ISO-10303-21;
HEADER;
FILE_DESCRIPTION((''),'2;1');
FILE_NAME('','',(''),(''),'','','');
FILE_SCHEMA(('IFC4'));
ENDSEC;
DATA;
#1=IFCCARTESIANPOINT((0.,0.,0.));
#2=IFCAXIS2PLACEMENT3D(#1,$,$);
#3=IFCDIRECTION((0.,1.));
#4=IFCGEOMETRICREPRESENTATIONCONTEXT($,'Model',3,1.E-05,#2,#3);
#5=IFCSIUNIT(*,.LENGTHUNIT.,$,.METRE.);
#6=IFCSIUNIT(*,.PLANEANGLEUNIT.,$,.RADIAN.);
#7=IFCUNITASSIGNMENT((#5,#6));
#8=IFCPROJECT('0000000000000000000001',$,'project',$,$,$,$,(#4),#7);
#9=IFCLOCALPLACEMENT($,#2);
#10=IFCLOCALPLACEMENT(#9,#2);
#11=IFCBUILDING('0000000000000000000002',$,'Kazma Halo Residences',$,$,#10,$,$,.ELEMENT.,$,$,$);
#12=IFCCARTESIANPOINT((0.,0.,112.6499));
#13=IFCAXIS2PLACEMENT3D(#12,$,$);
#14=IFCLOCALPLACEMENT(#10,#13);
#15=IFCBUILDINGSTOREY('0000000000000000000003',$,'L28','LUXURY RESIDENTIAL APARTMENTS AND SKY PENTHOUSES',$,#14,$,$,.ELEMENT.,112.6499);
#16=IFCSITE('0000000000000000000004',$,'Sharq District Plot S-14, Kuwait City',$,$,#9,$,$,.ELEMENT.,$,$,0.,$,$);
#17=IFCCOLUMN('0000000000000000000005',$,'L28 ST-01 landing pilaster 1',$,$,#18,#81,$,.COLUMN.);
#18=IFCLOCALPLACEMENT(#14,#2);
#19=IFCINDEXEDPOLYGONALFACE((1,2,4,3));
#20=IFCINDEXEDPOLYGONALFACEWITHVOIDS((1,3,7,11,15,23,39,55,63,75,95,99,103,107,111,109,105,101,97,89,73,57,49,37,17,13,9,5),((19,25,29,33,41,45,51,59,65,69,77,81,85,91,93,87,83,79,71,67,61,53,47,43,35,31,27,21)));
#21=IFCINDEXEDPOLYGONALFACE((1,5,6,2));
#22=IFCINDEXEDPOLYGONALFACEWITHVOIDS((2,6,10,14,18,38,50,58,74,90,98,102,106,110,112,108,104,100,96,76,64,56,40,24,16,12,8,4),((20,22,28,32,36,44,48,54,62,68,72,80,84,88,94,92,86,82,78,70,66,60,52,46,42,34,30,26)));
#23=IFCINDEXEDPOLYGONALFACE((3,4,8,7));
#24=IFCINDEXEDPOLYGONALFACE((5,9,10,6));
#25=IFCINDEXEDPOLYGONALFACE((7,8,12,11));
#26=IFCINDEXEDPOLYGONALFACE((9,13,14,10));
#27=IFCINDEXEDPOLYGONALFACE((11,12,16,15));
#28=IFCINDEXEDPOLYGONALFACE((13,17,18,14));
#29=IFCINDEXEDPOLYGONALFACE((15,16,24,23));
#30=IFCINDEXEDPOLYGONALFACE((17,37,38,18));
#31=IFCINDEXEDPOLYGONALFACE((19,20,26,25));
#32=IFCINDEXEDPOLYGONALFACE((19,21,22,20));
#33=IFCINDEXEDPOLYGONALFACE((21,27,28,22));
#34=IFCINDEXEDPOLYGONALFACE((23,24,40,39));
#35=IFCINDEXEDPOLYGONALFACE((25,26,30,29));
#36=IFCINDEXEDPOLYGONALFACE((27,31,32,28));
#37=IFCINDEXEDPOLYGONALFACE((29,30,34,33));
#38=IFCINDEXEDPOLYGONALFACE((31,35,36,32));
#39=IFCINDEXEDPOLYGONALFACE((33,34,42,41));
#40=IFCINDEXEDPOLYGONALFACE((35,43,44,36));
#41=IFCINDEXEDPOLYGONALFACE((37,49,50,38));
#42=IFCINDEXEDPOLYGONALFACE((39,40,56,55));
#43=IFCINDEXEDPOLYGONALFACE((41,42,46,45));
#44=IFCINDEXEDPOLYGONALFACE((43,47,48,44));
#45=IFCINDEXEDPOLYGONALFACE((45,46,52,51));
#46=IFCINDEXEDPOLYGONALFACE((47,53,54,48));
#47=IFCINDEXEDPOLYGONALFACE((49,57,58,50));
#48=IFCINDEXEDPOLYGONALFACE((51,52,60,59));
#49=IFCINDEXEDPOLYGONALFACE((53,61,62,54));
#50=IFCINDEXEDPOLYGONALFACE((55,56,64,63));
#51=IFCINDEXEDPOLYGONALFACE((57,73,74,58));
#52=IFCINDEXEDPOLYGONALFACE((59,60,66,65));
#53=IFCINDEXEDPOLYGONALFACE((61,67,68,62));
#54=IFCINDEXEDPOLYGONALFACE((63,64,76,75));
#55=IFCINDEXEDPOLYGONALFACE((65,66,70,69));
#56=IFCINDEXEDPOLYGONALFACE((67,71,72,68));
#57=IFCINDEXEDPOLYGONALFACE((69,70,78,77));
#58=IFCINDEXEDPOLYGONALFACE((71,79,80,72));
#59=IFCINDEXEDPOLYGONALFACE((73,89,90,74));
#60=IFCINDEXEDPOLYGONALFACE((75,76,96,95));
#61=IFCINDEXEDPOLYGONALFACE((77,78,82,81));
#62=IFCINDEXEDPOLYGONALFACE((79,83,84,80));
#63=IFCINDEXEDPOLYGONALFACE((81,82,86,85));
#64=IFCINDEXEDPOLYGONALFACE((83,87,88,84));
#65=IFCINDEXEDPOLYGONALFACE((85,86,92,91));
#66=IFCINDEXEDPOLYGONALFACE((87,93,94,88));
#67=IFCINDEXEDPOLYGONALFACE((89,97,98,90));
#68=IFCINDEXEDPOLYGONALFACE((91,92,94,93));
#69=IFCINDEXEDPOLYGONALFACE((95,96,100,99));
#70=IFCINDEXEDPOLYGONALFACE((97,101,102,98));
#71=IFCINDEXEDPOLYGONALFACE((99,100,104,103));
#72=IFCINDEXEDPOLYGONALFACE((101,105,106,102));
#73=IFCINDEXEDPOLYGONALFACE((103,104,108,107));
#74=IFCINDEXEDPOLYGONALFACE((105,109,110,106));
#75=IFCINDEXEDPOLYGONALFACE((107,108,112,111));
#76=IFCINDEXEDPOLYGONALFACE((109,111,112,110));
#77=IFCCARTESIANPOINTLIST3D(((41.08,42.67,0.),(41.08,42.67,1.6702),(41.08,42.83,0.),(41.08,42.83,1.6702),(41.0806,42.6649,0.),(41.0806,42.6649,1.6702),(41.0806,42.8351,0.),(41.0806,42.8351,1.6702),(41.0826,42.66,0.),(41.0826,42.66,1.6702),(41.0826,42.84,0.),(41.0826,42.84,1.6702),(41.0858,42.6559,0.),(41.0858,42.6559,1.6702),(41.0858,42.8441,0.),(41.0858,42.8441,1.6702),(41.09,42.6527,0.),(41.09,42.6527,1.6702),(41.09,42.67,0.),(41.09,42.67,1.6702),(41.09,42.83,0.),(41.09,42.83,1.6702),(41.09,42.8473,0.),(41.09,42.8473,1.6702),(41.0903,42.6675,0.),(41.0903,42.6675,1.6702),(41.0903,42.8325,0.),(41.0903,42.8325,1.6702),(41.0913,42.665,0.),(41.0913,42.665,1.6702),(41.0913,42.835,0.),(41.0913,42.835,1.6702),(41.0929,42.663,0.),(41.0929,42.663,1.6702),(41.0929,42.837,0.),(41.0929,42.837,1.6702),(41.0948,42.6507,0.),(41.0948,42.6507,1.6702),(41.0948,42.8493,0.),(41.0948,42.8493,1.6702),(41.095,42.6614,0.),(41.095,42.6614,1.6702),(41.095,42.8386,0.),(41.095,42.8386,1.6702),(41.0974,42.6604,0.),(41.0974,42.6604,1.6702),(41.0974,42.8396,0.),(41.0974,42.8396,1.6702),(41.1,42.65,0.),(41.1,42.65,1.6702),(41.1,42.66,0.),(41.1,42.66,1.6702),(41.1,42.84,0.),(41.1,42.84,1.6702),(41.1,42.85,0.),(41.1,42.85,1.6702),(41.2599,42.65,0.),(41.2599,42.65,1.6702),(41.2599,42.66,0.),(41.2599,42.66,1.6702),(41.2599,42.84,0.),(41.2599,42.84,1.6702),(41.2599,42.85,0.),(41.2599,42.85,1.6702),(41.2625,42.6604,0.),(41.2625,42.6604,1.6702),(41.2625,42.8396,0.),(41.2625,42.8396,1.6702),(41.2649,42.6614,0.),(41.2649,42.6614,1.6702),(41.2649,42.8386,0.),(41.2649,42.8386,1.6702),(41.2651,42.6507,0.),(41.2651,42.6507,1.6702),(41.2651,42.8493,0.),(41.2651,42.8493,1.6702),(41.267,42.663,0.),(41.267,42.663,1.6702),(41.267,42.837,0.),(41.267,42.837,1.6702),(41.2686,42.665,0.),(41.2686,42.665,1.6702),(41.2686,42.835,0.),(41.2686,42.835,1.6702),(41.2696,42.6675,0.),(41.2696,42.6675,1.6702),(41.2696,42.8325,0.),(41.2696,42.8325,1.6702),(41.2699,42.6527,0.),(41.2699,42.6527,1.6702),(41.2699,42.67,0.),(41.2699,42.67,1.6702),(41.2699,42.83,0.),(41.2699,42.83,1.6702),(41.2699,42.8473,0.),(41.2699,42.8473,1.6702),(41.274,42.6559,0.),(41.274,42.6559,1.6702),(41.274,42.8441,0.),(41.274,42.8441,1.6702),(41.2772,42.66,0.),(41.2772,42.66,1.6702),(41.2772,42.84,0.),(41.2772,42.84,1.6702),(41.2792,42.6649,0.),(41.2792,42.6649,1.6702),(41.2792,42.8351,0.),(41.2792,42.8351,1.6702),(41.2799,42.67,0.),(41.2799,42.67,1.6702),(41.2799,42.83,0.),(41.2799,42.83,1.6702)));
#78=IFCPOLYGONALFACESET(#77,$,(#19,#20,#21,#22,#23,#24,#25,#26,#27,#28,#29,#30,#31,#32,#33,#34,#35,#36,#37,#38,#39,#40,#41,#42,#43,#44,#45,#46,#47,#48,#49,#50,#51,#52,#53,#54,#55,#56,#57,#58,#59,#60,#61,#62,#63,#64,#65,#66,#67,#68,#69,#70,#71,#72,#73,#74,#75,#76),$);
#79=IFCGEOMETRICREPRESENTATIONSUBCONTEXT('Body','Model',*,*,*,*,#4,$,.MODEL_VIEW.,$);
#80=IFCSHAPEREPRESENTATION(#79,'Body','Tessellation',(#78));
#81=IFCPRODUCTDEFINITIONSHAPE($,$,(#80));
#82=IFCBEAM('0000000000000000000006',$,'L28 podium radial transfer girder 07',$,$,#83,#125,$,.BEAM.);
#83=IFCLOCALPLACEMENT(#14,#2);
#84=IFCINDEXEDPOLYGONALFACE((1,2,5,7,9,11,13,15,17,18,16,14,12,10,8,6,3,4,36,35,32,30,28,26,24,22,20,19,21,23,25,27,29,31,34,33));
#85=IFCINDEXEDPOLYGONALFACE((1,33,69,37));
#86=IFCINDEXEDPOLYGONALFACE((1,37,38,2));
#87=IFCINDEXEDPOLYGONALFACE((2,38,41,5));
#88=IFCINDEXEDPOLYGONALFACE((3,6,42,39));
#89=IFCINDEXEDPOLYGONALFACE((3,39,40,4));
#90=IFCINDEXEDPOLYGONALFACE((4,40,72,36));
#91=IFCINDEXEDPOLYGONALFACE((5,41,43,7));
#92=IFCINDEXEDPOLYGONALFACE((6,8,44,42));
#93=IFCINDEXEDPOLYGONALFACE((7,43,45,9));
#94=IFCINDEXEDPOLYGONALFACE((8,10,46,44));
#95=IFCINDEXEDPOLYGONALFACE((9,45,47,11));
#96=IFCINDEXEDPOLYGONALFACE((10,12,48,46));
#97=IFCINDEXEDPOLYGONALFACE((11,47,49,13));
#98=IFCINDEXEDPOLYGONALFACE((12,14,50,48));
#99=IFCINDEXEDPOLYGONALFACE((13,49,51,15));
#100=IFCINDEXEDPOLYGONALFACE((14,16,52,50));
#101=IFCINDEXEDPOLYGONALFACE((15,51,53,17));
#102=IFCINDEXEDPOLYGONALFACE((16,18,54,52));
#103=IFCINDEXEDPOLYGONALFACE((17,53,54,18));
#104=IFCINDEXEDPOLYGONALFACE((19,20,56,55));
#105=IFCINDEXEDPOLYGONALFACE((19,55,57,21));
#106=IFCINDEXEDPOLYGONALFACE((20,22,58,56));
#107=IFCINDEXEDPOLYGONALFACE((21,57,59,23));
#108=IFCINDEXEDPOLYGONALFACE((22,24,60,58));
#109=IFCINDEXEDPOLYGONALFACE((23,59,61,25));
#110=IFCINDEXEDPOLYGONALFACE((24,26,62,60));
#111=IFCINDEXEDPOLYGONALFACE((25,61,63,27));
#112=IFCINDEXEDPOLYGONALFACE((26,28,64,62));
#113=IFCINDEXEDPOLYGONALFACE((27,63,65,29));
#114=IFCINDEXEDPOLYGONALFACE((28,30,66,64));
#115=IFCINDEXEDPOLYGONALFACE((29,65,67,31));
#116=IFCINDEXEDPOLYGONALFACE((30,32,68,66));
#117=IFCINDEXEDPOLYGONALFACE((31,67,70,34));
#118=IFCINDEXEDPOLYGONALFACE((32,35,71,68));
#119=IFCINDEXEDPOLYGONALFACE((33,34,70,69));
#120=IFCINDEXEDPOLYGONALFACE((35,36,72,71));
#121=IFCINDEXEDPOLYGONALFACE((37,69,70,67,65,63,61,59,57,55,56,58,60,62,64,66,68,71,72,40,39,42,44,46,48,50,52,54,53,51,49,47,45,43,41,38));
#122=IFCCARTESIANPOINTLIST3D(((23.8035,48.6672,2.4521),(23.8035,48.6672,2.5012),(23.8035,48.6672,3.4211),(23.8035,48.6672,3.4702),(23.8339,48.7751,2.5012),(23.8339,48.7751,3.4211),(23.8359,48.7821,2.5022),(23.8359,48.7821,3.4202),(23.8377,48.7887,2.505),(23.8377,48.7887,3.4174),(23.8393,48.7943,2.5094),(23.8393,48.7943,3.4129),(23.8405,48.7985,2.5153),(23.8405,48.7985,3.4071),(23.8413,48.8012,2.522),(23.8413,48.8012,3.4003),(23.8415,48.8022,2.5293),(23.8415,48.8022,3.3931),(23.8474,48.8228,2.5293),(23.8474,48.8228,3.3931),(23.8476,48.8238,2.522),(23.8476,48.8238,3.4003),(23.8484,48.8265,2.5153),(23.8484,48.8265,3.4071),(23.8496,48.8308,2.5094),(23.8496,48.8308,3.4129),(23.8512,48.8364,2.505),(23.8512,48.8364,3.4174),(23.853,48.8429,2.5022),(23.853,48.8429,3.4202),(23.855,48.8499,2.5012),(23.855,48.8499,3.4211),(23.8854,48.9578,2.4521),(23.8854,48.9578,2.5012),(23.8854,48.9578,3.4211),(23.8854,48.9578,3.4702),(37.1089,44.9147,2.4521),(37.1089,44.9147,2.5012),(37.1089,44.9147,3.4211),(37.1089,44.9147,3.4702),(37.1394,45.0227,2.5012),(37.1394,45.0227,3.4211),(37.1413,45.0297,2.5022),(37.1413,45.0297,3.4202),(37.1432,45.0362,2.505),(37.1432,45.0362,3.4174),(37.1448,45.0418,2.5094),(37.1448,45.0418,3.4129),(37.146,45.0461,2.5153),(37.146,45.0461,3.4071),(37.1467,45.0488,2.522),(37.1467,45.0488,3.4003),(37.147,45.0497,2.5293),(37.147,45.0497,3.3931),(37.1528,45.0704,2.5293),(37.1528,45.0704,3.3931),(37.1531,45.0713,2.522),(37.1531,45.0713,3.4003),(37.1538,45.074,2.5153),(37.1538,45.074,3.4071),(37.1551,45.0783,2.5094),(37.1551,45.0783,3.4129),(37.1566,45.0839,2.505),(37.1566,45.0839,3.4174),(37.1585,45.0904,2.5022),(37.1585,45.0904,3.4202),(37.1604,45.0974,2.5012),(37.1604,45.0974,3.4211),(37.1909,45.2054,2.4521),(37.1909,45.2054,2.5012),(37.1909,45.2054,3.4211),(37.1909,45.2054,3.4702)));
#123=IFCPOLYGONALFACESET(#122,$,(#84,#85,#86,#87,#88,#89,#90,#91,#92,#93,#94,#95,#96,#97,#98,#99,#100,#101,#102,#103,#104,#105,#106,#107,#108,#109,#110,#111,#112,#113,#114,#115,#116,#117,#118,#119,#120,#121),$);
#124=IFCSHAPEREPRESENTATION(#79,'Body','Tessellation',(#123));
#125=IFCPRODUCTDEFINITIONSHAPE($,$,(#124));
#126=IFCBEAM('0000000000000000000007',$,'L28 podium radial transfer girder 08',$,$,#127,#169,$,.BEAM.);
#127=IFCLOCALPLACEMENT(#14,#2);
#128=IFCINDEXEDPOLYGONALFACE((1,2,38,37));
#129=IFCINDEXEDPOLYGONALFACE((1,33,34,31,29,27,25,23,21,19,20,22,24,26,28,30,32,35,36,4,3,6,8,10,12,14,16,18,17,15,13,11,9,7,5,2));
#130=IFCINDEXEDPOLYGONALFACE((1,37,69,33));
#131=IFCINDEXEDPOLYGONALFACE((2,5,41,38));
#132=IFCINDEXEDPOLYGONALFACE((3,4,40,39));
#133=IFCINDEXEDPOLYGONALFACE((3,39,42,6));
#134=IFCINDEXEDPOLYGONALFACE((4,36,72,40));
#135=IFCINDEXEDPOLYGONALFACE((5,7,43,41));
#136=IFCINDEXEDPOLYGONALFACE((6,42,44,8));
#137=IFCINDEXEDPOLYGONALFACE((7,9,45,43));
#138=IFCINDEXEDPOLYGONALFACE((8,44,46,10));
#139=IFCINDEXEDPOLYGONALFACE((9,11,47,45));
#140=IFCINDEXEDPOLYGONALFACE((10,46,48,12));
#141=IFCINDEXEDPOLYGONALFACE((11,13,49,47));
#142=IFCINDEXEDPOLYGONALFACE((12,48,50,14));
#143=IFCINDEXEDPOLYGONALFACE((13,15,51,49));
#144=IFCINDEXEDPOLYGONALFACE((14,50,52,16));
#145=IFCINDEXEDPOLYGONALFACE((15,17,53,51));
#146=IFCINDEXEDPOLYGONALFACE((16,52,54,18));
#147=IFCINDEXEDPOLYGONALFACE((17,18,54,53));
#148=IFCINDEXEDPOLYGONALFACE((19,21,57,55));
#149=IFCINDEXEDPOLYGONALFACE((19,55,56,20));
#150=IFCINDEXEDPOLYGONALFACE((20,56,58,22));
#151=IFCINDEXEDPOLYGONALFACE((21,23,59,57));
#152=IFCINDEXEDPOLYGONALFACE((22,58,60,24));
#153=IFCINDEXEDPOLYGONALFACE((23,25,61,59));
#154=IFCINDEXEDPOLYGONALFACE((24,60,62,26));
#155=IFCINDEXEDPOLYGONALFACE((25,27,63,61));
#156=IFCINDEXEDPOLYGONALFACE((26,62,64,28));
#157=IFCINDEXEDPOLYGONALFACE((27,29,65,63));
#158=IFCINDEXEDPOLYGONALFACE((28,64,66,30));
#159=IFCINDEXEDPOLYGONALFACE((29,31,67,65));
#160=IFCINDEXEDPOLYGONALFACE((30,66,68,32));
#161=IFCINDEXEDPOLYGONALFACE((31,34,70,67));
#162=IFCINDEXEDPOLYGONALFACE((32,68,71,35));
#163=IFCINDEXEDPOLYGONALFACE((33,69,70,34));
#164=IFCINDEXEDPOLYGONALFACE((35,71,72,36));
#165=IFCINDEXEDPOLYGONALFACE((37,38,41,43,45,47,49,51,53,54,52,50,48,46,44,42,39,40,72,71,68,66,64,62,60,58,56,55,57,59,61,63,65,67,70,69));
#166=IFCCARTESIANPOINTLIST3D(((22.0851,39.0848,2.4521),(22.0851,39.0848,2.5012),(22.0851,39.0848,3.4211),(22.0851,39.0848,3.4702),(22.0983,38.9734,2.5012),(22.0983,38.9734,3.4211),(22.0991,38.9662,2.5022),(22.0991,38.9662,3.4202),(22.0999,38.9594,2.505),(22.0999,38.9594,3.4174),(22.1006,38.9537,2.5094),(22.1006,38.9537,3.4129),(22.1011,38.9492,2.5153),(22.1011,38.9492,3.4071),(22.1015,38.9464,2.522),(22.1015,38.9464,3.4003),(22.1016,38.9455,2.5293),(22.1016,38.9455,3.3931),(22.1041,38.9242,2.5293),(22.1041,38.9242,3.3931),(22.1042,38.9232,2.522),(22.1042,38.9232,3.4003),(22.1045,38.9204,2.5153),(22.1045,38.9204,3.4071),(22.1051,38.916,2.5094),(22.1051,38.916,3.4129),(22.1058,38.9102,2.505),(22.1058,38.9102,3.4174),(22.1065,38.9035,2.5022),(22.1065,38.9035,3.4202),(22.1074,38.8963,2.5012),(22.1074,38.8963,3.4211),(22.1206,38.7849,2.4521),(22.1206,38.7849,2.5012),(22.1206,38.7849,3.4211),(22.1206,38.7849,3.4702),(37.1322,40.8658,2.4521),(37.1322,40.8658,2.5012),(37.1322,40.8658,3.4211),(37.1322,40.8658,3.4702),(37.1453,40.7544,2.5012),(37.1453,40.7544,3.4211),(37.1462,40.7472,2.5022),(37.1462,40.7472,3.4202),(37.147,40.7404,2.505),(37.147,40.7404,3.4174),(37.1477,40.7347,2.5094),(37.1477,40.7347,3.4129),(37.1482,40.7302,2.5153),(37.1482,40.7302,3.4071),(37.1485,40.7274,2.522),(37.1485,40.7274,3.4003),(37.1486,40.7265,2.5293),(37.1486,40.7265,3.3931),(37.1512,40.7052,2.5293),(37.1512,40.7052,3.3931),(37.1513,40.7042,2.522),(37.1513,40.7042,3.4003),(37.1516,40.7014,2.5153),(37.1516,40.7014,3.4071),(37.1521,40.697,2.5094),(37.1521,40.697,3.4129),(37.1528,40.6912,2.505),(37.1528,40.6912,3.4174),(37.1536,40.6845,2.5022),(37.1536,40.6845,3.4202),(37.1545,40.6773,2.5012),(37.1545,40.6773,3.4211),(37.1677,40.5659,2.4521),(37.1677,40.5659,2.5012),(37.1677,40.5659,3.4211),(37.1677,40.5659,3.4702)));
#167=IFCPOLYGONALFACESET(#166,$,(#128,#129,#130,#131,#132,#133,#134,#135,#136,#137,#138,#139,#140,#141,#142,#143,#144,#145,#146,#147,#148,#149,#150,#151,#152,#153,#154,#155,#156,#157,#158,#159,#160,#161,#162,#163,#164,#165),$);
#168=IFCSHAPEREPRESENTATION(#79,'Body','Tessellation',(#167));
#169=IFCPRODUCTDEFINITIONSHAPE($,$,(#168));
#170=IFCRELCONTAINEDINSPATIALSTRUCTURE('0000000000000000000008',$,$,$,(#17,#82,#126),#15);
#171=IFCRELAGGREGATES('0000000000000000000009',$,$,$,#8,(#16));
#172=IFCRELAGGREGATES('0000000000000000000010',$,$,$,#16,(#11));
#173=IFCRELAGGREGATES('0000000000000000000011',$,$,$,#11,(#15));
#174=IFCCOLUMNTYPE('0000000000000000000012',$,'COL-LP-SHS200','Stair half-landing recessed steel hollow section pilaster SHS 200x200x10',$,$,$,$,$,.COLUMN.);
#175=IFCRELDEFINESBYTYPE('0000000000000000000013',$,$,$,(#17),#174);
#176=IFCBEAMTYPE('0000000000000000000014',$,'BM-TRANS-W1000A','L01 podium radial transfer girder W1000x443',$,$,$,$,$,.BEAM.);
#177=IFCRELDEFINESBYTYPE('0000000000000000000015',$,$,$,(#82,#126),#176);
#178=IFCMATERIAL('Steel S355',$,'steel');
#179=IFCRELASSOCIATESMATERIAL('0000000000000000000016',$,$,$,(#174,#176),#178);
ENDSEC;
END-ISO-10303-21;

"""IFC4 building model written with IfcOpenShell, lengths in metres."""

from ifc_helpers import new_model, si_unit, direction, frame, origin, origin_2d, place, context, subcontext, project, spatial, hollow_rectangle, i_section, extrude, material, material_profile, profile_set, type_object, element, save


model = new_model("IFC4")

# Units and contexts
model_context = context("Model", 3, precision=1e-05, world=origin(), true_north=direction((0.0, 1.0)))
body_context = subcontext(model_context, "Body", "Model", "MODEL_VIEW")
ifc_project = project(units=[si_unit("LENGTHUNIT", "METRE"), si_unit("PLANEANGLEUNIT", "RADIAN")], contexts=[model_context])

# Site, building, storey
site_placement = place(None, origin())
site = spatial("IfcSite", under=ifc_project, at=site_placement, Name="Sharq District Plot S-14, Kuwait City", CompositionType="ELEMENT", RefElevation=0.0)
building_placement = place(site_placement, origin())
building = spatial("IfcBuilding", under=site, at=building_placement, Name="Kazma Halo Residences", CompositionType="ELEMENT")
storey_placement = place(building_placement, frame((0.0, 0.0, 112.6499)))
storey = spatial("IfcBuildingStorey", under=building, at=storey_placement, Name="L28", Description="LUXURY RESIDENTIAL APARTMENTS AND SKY PENTHOUSES", CompositionType="ELEMENT", Elevation=112.6499)

# Column
ifc_material_1 = material(Name="Steel S355", Category="steel")
ifc_material_profile_1 = material_profile(ifc_material_1, hollow_rectangle(XDim=0.2, YDim=0.2, WallThickness=0.01, InnerFilletRadius=0.01, OuterFilletRadius=0.02, at=origin_2d()), Name="SHS200x200x10")
ifc_profile_set_1 = profile_set([ifc_material_profile_1], Name="Steel S355")
column_type = type_object("IfcColumnType", Name="COL-LP-SHS200", Description="Stair half-landing recessed steel hollow section pilaster SHS 200x200x10", PredefinedType="COLUMN", material=ifc_profile_set_1)
column_placement = place(storey_placement, frame((41.1799, 42.75, 0.0), z_axis=(0.0, 0.0, 1.0), x_axis=(1.0, 0.0, 0.0)))
element("IfcColumn", 1, at=column_placement, inside=storey, type_object=column_type, Name="L28 ST-01 landing pilaster 1", PredefinedType="COLUMN", context=body_context, shape_type="SweptSolid", body=[
    extrude(hollow_rectangle(XDim=0.2, YDim=0.2, WallThickness=0.01, InnerFilletRadius=0.01, OuterFilletRadius=0.02, at=origin_2d()), origin(), (0.0, 0.0, 1.0), 1.6702),
])

# Beams
ifc_material_profile_2 = material_profile(ifc_material_1, i_section(OverallWidth=0.302, OverallDepth=1.0181, WebThickness=0.0215, FlangeThickness=0.0491, FilletRadius=0.0281, at=origin_2d()), Name="W1000x443")
ifc_profile_set_2 = profile_set([ifc_material_profile_2], Name="Steel S355")
beam_type_1 = type_object("IfcBeamType", Name="BM-TRANS-W1000A", Description="L01 podium radial transfer girder W1000x443", PredefinedType="BEAM", material=ifc_profile_set_2)
beam_1_placement = place(storey_placement, frame((37.1499, 45.0601, 2.9612), z_axis=(-0.962457, 0.271435, 0.0), x_axis=(-0.271435, -0.962457, 0.0)))
element("IfcBeam", 2, at=beam_1_placement, inside=storey, type_object=beam_type_1, Name="L28 podium radial transfer girder 07", PredefinedType="BEAM", context=body_context, shape_type="SweptSolid", body=[
    extrude(i_section(OverallWidth=0.302, OverallDepth=1.0181, WebThickness=0.0215, FlangeThickness=0.0491, FilletRadius=0.0281, at=origin_2d()), origin(), (0.0, 0.0, 1.0), 13.8245),
])
beam_2_placement = place(storey_placement, frame((37.1499, 40.7158, 2.9612), z_axis=(-0.993068, -0.117541, 0.0), x_axis=(0.117541, -0.993068, 0.0)))
element("IfcBeam", 3, at=beam_2_placement, inside=storey, type_object=beam_type_1, Name="L28 podium radial transfer girder 08", PredefinedType="BEAM", context=body_context, shape_type="SweptSolid", body=[
    extrude(i_section(OverallWidth=0.302, OverallDepth=1.0181, WebThickness=0.0215, FlangeThickness=0.0491, FilletRadius=0.0281, at=origin_2d()), origin(), (0.0, 0.0, 1.0), 15.1521),
])

save(model, "model.ifc")
